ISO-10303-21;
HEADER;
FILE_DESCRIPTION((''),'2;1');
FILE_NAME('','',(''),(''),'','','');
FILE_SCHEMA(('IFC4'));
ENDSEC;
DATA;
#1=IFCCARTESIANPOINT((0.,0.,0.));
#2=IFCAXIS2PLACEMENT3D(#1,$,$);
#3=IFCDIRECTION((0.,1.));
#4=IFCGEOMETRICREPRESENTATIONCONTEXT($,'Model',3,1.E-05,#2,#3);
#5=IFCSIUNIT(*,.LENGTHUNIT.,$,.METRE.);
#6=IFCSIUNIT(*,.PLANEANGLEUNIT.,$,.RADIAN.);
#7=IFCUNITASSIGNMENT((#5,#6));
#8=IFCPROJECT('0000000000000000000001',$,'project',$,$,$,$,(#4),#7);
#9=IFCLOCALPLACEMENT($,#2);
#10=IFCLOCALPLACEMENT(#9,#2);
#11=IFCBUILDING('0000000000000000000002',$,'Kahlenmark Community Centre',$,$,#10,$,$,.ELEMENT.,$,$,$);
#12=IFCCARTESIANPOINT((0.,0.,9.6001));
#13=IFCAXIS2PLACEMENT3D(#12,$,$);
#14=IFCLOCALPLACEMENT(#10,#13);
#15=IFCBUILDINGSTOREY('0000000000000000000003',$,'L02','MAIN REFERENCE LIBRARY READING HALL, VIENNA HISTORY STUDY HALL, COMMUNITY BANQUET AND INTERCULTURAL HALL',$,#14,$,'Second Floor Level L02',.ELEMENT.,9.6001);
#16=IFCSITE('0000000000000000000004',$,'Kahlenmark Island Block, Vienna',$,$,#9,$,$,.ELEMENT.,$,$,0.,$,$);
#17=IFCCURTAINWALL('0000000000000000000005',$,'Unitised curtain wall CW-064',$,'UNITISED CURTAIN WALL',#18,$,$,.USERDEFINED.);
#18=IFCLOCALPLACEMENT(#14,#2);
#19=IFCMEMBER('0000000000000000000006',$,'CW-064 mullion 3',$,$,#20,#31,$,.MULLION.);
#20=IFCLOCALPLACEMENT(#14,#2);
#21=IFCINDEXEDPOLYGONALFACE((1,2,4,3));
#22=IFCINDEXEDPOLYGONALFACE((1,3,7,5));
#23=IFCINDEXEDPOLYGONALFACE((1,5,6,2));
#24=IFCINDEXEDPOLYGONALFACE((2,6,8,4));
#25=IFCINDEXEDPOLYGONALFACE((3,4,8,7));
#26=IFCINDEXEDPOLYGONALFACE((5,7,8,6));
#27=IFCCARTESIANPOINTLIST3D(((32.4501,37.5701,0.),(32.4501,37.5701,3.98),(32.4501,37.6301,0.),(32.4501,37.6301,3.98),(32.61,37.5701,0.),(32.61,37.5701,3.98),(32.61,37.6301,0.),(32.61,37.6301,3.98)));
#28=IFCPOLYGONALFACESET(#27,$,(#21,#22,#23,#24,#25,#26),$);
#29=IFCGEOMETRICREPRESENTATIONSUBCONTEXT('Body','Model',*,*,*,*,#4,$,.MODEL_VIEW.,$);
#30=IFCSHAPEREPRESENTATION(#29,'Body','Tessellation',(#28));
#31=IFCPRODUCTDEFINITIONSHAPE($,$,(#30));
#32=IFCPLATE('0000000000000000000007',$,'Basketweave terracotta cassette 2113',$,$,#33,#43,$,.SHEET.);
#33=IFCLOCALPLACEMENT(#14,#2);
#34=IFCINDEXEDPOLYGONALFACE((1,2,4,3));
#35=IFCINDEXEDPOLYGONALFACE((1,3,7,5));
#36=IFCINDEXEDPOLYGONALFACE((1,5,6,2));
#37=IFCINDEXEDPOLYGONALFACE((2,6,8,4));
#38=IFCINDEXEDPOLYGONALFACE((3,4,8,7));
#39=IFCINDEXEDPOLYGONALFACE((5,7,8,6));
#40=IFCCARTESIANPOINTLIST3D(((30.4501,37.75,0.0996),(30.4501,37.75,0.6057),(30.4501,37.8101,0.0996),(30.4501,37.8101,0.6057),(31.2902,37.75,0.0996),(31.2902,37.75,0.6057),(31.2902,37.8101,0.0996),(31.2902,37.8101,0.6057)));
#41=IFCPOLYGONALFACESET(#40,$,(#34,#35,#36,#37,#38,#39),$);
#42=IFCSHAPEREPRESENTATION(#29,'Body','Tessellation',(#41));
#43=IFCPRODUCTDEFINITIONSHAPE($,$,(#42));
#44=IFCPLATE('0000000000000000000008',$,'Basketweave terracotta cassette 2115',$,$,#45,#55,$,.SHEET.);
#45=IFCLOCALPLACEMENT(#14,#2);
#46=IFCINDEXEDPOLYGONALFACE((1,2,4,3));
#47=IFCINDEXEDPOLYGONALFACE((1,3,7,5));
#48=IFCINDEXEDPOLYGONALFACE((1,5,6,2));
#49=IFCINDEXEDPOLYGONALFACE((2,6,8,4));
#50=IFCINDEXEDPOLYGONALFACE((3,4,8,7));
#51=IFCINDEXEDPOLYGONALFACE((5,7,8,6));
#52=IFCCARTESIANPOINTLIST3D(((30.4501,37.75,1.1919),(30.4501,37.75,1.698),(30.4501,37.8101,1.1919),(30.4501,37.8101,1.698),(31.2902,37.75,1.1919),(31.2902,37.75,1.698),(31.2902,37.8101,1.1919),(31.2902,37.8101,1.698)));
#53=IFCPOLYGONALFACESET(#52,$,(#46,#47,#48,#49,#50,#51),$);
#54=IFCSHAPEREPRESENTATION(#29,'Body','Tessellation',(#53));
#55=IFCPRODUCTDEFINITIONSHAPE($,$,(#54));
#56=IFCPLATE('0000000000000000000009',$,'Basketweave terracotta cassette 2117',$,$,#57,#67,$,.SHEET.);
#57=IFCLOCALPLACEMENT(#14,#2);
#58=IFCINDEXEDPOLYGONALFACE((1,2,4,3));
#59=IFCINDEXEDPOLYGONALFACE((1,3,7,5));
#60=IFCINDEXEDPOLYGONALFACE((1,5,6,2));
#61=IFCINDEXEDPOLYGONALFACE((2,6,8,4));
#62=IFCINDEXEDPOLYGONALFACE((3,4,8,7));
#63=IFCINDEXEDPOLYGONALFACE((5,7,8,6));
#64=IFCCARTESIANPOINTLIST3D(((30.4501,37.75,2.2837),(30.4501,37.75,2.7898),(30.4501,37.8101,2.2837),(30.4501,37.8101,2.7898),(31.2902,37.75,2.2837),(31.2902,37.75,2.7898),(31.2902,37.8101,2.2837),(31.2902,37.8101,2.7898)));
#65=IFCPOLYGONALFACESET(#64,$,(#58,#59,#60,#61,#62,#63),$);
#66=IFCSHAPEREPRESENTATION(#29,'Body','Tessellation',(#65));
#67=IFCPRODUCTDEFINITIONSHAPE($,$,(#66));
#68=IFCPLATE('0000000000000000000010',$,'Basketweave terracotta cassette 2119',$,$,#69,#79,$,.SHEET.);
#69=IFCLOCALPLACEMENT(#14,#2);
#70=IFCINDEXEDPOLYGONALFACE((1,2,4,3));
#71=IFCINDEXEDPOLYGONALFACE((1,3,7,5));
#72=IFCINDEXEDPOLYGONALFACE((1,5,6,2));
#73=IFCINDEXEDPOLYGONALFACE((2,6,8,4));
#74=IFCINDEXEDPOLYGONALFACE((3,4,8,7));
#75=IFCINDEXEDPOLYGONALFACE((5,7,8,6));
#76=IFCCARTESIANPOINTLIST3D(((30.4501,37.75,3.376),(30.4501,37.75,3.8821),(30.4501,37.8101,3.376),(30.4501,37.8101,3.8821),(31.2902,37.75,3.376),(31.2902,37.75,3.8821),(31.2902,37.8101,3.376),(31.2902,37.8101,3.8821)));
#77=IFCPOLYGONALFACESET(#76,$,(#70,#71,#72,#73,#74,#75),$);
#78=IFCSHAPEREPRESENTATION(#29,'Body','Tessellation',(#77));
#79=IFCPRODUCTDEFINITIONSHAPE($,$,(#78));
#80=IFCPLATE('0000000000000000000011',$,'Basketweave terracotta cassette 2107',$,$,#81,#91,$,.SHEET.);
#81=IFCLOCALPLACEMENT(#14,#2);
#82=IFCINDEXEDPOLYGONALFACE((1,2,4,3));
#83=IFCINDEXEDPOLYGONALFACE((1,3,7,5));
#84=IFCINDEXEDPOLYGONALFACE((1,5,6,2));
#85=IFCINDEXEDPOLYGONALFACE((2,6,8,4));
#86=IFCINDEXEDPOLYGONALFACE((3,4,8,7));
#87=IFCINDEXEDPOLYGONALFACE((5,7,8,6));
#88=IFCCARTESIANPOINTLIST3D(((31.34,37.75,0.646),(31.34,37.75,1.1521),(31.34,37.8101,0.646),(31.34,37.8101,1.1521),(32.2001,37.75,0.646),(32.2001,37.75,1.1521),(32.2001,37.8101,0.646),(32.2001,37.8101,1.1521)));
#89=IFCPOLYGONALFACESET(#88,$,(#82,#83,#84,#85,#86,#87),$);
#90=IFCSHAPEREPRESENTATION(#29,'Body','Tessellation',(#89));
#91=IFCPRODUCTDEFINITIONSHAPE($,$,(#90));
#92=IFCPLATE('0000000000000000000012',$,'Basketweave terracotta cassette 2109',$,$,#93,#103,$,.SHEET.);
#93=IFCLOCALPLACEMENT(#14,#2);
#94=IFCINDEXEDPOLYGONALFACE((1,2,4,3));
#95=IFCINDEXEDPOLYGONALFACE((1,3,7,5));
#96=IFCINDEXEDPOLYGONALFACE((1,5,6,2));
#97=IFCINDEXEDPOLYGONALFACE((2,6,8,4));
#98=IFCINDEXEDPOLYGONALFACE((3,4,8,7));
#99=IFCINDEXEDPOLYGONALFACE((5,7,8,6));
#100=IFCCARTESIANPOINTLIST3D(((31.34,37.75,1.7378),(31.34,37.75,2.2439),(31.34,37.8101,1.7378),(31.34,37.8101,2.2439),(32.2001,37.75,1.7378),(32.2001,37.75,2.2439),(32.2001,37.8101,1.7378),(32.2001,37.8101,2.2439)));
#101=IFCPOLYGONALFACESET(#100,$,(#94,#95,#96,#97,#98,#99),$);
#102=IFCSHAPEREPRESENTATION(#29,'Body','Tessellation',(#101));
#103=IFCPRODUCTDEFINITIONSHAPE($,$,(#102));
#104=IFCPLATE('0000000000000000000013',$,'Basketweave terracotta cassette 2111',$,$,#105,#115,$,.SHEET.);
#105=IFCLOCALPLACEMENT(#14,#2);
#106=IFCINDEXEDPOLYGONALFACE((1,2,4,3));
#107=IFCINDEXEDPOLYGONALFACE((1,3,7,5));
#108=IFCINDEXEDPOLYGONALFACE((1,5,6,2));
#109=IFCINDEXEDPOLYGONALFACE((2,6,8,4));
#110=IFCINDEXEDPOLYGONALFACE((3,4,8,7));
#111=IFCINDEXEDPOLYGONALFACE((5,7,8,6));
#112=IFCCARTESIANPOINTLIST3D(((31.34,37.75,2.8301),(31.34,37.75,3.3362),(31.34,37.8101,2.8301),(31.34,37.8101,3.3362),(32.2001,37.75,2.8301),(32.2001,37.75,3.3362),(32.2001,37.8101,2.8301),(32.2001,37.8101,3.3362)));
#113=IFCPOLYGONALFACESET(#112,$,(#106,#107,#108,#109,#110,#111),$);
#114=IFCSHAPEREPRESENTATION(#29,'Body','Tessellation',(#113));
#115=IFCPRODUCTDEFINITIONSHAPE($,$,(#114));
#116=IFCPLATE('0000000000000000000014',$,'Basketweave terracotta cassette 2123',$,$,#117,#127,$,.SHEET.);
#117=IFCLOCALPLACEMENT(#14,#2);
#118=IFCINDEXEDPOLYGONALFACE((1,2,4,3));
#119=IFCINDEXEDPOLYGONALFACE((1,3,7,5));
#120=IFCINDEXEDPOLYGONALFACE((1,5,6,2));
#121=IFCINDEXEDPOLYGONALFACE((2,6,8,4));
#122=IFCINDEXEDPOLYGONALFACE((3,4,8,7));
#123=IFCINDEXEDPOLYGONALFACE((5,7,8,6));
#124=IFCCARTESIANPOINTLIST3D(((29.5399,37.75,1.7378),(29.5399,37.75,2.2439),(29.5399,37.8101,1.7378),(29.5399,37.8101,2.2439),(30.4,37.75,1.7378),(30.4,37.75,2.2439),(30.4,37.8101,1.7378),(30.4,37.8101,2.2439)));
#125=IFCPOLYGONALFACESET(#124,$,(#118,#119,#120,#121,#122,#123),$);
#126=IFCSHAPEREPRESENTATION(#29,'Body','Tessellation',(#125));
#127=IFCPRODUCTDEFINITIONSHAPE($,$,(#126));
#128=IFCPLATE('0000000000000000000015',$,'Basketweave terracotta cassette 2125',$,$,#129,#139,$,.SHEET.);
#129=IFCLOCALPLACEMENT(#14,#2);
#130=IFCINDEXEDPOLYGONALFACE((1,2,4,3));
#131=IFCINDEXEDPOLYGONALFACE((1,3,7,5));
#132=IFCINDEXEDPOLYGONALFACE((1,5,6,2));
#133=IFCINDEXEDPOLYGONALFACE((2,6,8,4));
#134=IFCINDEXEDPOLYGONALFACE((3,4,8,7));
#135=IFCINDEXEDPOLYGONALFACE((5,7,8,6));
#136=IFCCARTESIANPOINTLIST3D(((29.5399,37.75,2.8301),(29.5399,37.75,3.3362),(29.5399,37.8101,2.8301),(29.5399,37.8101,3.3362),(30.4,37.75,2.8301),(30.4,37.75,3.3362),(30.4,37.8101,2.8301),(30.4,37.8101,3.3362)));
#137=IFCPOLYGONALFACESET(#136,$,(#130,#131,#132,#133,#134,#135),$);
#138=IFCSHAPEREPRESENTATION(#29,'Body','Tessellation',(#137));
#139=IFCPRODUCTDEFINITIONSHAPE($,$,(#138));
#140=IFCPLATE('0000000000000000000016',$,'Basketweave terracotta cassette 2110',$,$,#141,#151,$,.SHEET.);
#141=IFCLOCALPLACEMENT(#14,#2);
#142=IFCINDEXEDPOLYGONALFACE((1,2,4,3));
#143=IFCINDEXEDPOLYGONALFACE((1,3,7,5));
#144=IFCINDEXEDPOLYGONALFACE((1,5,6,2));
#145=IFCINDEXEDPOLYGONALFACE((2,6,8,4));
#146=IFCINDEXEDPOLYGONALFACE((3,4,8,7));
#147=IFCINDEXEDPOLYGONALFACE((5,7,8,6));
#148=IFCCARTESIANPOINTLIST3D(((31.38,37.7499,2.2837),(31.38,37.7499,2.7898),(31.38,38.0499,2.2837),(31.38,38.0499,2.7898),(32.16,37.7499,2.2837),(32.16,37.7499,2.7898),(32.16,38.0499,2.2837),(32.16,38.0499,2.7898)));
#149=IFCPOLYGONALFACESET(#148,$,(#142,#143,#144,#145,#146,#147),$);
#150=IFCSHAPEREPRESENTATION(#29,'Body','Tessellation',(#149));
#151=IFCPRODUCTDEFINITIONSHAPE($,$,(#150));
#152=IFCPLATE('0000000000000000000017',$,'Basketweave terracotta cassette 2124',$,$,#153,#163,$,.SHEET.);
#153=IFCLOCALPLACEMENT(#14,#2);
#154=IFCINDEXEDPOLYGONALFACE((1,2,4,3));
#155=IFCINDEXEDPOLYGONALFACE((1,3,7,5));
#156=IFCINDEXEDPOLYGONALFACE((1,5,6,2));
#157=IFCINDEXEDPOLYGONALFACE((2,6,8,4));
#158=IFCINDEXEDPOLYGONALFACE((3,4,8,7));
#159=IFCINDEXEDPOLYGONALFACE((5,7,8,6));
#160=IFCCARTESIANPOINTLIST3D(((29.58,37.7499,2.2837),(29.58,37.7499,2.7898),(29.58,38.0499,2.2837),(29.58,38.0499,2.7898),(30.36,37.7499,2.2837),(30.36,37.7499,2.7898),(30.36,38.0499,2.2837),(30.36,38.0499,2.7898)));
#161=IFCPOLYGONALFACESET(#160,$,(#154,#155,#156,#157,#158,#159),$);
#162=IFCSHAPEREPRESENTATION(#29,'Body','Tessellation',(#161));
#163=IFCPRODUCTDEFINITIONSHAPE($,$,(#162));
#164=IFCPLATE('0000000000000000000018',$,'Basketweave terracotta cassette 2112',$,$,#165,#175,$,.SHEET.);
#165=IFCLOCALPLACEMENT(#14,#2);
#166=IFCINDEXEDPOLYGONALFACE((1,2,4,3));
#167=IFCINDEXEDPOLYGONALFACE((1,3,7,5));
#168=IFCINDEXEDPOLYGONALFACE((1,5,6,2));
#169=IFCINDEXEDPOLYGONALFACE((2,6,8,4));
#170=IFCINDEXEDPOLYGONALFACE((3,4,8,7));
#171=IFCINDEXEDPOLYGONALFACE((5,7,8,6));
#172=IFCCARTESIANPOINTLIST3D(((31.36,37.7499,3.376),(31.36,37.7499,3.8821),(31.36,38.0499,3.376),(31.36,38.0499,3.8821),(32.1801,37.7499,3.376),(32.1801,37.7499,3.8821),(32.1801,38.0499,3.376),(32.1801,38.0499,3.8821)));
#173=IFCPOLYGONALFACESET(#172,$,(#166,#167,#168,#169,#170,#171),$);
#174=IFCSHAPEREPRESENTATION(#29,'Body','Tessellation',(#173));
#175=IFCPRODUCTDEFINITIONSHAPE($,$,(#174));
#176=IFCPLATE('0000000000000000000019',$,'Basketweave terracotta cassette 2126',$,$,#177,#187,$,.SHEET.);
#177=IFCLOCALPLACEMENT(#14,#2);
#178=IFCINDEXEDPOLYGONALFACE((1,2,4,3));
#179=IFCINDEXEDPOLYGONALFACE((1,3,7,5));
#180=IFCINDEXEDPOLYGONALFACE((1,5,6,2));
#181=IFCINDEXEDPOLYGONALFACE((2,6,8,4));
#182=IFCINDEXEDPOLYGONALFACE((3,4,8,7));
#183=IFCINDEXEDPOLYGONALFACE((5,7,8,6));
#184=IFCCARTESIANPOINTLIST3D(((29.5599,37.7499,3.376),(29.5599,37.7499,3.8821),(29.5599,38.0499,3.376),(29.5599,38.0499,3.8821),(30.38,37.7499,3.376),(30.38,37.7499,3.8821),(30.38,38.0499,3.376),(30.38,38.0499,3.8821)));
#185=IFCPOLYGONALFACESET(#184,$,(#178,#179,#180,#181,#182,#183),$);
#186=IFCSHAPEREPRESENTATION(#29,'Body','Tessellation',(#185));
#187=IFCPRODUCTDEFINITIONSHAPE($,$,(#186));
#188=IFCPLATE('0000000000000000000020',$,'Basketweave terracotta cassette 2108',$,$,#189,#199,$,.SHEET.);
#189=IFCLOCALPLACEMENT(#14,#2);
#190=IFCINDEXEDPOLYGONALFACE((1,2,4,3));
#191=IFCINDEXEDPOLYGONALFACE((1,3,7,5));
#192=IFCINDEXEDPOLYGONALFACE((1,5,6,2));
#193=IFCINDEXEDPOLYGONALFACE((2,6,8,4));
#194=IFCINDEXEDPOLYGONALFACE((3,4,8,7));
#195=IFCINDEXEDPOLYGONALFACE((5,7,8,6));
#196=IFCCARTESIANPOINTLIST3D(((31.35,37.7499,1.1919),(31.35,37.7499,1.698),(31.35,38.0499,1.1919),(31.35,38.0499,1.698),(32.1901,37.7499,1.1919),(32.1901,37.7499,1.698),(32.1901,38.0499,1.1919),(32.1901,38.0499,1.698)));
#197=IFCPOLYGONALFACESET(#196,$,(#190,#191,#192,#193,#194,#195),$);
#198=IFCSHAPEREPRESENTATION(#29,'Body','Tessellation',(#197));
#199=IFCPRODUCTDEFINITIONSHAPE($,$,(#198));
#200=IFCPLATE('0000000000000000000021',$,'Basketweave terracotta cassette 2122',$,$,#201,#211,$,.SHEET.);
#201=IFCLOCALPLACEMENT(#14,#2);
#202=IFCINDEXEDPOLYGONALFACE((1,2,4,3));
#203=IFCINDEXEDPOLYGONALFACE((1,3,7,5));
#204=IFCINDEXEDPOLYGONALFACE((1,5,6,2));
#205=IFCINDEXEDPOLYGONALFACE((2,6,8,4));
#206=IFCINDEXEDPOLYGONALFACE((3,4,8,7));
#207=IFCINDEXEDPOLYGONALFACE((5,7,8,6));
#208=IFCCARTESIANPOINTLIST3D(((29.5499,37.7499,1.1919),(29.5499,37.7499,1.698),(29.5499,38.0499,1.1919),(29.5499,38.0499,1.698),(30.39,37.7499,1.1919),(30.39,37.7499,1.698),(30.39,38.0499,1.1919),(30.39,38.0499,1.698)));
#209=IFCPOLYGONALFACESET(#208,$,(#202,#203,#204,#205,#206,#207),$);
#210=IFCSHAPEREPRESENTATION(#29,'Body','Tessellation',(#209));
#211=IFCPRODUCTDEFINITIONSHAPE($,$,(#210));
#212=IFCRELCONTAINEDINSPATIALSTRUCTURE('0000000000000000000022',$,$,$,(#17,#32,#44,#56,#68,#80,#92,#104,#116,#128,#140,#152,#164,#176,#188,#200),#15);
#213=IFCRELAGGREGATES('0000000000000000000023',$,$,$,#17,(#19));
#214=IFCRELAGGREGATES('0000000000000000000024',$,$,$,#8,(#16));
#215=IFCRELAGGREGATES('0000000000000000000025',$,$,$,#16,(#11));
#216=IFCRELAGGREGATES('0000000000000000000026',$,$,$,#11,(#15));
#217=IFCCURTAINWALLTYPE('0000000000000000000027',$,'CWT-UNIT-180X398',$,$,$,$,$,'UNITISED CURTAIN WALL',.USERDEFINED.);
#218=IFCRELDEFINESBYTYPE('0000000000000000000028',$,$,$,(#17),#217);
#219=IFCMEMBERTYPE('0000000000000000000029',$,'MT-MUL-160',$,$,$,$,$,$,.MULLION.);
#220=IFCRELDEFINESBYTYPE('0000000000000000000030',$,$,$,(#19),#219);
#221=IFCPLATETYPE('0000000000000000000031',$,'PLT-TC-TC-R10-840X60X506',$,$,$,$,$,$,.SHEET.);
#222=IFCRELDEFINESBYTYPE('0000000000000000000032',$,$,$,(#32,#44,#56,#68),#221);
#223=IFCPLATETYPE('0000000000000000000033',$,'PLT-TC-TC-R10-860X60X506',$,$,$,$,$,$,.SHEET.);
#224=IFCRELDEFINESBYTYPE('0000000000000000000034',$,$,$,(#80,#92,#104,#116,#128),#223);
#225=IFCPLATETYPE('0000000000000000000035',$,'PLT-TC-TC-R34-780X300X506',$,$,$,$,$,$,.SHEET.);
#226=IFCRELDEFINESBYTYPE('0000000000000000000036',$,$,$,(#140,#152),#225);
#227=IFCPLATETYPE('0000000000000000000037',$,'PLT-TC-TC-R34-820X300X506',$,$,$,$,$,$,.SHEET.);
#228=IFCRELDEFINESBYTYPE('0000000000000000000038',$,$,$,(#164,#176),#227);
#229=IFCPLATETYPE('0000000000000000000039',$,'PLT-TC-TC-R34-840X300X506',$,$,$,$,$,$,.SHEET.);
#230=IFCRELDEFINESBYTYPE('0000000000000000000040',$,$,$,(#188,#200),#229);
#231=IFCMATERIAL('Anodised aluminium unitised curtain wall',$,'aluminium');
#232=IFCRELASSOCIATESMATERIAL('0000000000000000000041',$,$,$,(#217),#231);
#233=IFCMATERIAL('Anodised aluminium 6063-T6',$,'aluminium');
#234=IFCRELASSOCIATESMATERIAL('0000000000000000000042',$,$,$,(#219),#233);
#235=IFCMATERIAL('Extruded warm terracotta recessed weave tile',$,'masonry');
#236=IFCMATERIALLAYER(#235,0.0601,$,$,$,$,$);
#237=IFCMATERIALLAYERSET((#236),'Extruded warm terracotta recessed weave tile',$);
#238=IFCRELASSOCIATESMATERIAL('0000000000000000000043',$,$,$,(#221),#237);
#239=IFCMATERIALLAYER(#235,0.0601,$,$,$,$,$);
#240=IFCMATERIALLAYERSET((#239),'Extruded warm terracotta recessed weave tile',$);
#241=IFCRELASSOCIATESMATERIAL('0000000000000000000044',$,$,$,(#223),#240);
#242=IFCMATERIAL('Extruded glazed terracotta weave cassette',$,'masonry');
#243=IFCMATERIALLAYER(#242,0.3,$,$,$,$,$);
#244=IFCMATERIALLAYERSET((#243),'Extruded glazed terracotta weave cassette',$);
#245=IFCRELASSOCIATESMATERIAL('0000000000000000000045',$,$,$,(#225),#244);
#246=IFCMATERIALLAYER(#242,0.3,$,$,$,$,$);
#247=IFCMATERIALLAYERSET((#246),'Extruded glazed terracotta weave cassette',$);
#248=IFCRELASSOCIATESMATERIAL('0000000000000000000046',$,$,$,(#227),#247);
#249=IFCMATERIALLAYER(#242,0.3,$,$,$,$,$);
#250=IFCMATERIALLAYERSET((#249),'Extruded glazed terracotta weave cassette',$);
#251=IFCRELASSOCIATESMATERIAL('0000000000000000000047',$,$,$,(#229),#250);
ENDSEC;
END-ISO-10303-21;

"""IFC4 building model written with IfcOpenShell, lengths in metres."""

from ifc_helpers import new_model, si_unit, direction, frame, origin, origin_2d, place, context, subcontext, project, spatial, rectangle, extrude, material, layer, layer_set, material_profile, profile_set, type_object, element, aggregate, save


model = new_model("IFC4")

# Units and contexts
model_context = context("Model", 3, precision=1e-05, world=origin(), true_north=direction((0.0, 1.0)))
body_context = subcontext(model_context, "Body", "Model", "MODEL_VIEW")
ifc_project = project(units=[si_unit("LENGTHUNIT", "METRE"), si_unit("PLANEANGLEUNIT", "RADIAN")], contexts=[model_context])

# Site, building, storey
site_placement = place(None, origin())
site = spatial("IfcSite", under=ifc_project, at=site_placement, Name="Kahlenmark Island Block, Vienna", CompositionType="ELEMENT", RefElevation=0.0)
building_placement = place(site_placement, origin())
building = spatial("IfcBuilding", under=site, at=building_placement, Name="Kahlenmark Community Centre", CompositionType="ELEMENT")
storey_placement = place(building_placement, frame((0.0, 0.0, 9.6001)))
storey = spatial("IfcBuildingStorey", under=building, at=storey_placement, Name="L02", Description="MAIN REFERENCE LIBRARY READING HALL, VIENNA HISTORY STUDY HALL, COMMUNITY BANQUET AND INTERCULTURAL HALL", LongName="Second Floor Level L02", CompositionType="ELEMENT", Elevation=9.6001)

# Curtain wall, member
ifc_material_1 = material(Name="Anodised aluminium unitised curtain wall", Category="aluminium")
curtain_wall_type = type_object("IfcCurtainWallType", Name="CWT-UNIT-180X398", ElementType="UNITISED CURTAIN WALL", PredefinedType="USERDEFINED", material=ifc_material_1)
curtain_wall_placement = place(storey_placement, origin())
curtain_wall = element("IfcCurtainWall", 1, at=curtain_wall_placement, inside=storey, type_object=curtain_wall_type, Name="Unitised curtain wall CW-064", ObjectType="UNITISED CURTAIN WALL", PredefinedType="USERDEFINED")
ifc_material_2 = material(Name="Anodised aluminium 6063-T6", Category="aluminium")
ifc_material_profile = material_profile(ifc_material_2, rectangle(XDim=0.0601, YDim=0.1599, at=origin_2d()), Name="ALU MULLION 60x160")
ifc_profile_set = profile_set([ifc_material_profile], Name="Anodised aluminium 6063-T6")
member_type = type_object("IfcMemberType", Name="MT-MUL-160", PredefinedType="MULLION", material=ifc_profile_set)
member_placement = place(storey_placement, frame((32.53, 37.6001, 0.0), z_axis=(0.0, 0.0, 1.0), x_axis=(0.0, -1.0, 0.0)))
member = element("IfcMember", 2, at=member_placement, type_object=member_type, Name="CW-064 mullion 3", PredefinedType="MULLION", context=body_context, shape_type="SweptSolid", body=[
    extrude(rectangle(XDim=0.0601, YDim=0.1599, at=origin_2d()), origin(), (0.0, 0.0, 1.0), 3.98),
])
aggregate(curtain_wall, [member])

# Plates
ifc_material_3 = material(Name="Extruded warm terracotta recessed weave tile", Category="masonry")
ifc_layer_1 = layer(ifc_material_3, 0.0601)
ifc_layer_set_1 = layer_set([ifc_layer_1], Name="Extruded warm terracotta recessed weave tile")
plate_type_1 = type_object("IfcPlateType", Name="PLT-TC-TC-R10-840X60X506", PredefinedType="SHEET", material=ifc_layer_set_1)
for number, where, z_axis, x_axis, name in (
    (3, (30.8701, 37.78, 0.0996), (0.0, 0.0, 1.0), (-1.0, 0.0, 0.0), "Basketweave terracotta cassette 2113"),
    (4, (30.8701, 37.78, 1.1919), (0.0, 0.0, 1.0), (-1.0, 0.0, 0.0), "Basketweave terracotta cassette 2115"),
    (5, (30.8701, 37.78, 2.2837), (0.0, 0.0, 1.0), (-1.0, 0.0, 0.0), "Basketweave terracotta cassette 2117"),
    (6, (30.8701, 37.78, 3.376), (0.0, 0.0, 1.0), (-1.0, 0.0, 0.0), "Basketweave terracotta cassette 2119"),
):
    element("IfcPlate", number, at=place(storey_placement, frame(where, z_axis=z_axis, x_axis=x_axis)), inside=storey, type_object=plate_type_1, Name=name, PredefinedType="SHEET", context=body_context, shape_type="SweptSolid", body=[
        extrude(rectangle(XDim=0.8401, YDim=0.0601, at=origin_2d()), origin(), (0.0, 0.0, 1.0), 0.5061),
    ])
ifc_layer_2 = layer(ifc_material_3, 0.0601)
ifc_layer_set_2 = layer_set([ifc_layer_2], Name="Extruded warm terracotta recessed weave tile")
plate_type_2 = type_object("IfcPlateType", Name="PLT-TC-TC-R10-860X60X506", PredefinedType="SHEET", material=ifc_layer_set_2)
for number, where, z_axis, x_axis, name in (
    (7, (31.77, 37.78, 0.646), (0.0, 0.0, 1.0), (-1.0, 0.0, 0.0), "Basketweave terracotta cassette 2107"),
    (8, (31.77, 37.78, 1.7378), (0.0, 0.0, 1.0), (-1.0, 0.0, 0.0), "Basketweave terracotta cassette 2109"),
    (9, (31.77, 37.78, 2.8301), (0.0, 0.0, 1.0), (-1.0, 0.0, 0.0), "Basketweave terracotta cassette 2111"),
    (10, (29.97, 37.78, 1.7378), (0.0, 0.0, 1.0), (-1.0, 0.0, 0.0), "Basketweave terracotta cassette 2123"),
    (11, (29.97, 37.78, 2.8301), (0.0, 0.0, 1.0), (-1.0, 0.0, 0.0), "Basketweave terracotta cassette 2125"),
):
    element("IfcPlate", number, at=place(storey_placement, frame(where, z_axis=z_axis, x_axis=x_axis)), inside=storey, type_object=plate_type_2, Name=name, PredefinedType="SHEET", context=body_context, shape_type="SweptSolid", body=[
        extrude(rectangle(XDim=0.8601, YDim=0.0601, at=origin_2d()), origin(), (0.0, 0.0, 1.0), 0.5061),
    ])
ifc_material_4 = material(Name="Extruded glazed terracotta weave cassette", Category="masonry")
ifc_layer_3 = layer(ifc_material_4, 0.3)
ifc_layer_set_3 = layer_set([ifc_layer_3], Name="Extruded glazed terracotta weave cassette")
plate_type_3 = type_object("IfcPlateType", Name="PLT-TC-TC-R34-780X300X506", PredefinedType="SHEET", material=ifc_layer_set_3)
for number, where, z_axis, x_axis, name in (
    (12, (31.77, 37.8999, 2.2837), (0.0, 0.0, 1.0), (-1.0, 0.0, 0.0), "Basketweave terracotta cassette 2110"),
    (13, (29.97, 37.8999, 2.2837), (0.0, 0.0, 1.0), (-1.0, 0.0, 0.0), "Basketweave terracotta cassette 2124"),
):
    element("IfcPlate", number, at=place(storey_placement, frame(where, z_axis=z_axis, x_axis=x_axis)), inside=storey, type_object=plate_type_3, Name=name, PredefinedType="SHEET", context=body_context, shape_type="SweptSolid", body=[
        extrude(rectangle(XDim=0.78, YDim=0.3, at=origin_2d()), origin(), (0.0, 0.0, 1.0), 0.5061),
    ])
ifc_layer_4 = layer(ifc_material_4, 0.3)
ifc_layer_set_4 = layer_set([ifc_layer_4], Name="Extruded glazed terracotta weave cassette")
plate_type_4 = type_object("IfcPlateType", Name="PLT-TC-TC-R34-820X300X506", PredefinedType="SHEET", material=ifc_layer_set_4)
for number, where, z_axis, x_axis, name in (
    (14, (31.77, 37.8999, 3.376), (0.0, 0.0, 1.0), (-1.0, 0.0, 0.0), "Basketweave terracotta cassette 2112"),
    (15, (29.97, 37.8999, 3.376), (0.0, 0.0, 1.0), (-1.0, 0.0, 0.0), "Basketweave terracotta cassette 2126"),
):
    element("IfcPlate", number, at=place(storey_placement, frame(where, z_axis=z_axis, x_axis=x_axis)), inside=storey, type_object=plate_type_4, Name=name, PredefinedType="SHEET", context=body_context, shape_type="SweptSolid", body=[
        extrude(rectangle(XDim=0.8201, YDim=0.3, at=origin_2d()), origin(), (0.0, 0.0, 1.0), 0.5061),
    ])
ifc_layer_5 = layer(ifc_material_4, 0.3)
ifc_layer_set_5 = layer_set([ifc_layer_5], Name="Extruded glazed terracotta weave cassette")
plate_type_5 = type_object("IfcPlateType", Name="PLT-TC-TC-R34-840X300X506", PredefinedType="SHEET", material=ifc_layer_set_5)
for number, where, z_axis, x_axis, name in (
    (16, (31.77, 37.8999, 1.1919), (0.0, 0.0, 1.0), (-1.0, 0.0, 0.0), "Basketweave terracotta cassette 2108"),
    (17, (29.97, 37.8999, 1.1919), (0.0, 0.0, 1.0), (-1.0, 0.0, 0.0), "Basketweave terracotta cassette 2122"),
):
    element("IfcPlate", number, at=place(storey_placement, frame(where, z_axis=z_axis, x_axis=x_axis)), inside=storey, type_object=plate_type_5, Name=name, PredefinedType="SHEET", context=body_context, shape_type="SweptSolid", body=[
        extrude(rectangle(XDim=0.8401, YDim=0.3, at=origin_2d()), origin(), (0.0, 0.0, 1.0), 0.5061),
    ])

save(model, "model.ifc")
